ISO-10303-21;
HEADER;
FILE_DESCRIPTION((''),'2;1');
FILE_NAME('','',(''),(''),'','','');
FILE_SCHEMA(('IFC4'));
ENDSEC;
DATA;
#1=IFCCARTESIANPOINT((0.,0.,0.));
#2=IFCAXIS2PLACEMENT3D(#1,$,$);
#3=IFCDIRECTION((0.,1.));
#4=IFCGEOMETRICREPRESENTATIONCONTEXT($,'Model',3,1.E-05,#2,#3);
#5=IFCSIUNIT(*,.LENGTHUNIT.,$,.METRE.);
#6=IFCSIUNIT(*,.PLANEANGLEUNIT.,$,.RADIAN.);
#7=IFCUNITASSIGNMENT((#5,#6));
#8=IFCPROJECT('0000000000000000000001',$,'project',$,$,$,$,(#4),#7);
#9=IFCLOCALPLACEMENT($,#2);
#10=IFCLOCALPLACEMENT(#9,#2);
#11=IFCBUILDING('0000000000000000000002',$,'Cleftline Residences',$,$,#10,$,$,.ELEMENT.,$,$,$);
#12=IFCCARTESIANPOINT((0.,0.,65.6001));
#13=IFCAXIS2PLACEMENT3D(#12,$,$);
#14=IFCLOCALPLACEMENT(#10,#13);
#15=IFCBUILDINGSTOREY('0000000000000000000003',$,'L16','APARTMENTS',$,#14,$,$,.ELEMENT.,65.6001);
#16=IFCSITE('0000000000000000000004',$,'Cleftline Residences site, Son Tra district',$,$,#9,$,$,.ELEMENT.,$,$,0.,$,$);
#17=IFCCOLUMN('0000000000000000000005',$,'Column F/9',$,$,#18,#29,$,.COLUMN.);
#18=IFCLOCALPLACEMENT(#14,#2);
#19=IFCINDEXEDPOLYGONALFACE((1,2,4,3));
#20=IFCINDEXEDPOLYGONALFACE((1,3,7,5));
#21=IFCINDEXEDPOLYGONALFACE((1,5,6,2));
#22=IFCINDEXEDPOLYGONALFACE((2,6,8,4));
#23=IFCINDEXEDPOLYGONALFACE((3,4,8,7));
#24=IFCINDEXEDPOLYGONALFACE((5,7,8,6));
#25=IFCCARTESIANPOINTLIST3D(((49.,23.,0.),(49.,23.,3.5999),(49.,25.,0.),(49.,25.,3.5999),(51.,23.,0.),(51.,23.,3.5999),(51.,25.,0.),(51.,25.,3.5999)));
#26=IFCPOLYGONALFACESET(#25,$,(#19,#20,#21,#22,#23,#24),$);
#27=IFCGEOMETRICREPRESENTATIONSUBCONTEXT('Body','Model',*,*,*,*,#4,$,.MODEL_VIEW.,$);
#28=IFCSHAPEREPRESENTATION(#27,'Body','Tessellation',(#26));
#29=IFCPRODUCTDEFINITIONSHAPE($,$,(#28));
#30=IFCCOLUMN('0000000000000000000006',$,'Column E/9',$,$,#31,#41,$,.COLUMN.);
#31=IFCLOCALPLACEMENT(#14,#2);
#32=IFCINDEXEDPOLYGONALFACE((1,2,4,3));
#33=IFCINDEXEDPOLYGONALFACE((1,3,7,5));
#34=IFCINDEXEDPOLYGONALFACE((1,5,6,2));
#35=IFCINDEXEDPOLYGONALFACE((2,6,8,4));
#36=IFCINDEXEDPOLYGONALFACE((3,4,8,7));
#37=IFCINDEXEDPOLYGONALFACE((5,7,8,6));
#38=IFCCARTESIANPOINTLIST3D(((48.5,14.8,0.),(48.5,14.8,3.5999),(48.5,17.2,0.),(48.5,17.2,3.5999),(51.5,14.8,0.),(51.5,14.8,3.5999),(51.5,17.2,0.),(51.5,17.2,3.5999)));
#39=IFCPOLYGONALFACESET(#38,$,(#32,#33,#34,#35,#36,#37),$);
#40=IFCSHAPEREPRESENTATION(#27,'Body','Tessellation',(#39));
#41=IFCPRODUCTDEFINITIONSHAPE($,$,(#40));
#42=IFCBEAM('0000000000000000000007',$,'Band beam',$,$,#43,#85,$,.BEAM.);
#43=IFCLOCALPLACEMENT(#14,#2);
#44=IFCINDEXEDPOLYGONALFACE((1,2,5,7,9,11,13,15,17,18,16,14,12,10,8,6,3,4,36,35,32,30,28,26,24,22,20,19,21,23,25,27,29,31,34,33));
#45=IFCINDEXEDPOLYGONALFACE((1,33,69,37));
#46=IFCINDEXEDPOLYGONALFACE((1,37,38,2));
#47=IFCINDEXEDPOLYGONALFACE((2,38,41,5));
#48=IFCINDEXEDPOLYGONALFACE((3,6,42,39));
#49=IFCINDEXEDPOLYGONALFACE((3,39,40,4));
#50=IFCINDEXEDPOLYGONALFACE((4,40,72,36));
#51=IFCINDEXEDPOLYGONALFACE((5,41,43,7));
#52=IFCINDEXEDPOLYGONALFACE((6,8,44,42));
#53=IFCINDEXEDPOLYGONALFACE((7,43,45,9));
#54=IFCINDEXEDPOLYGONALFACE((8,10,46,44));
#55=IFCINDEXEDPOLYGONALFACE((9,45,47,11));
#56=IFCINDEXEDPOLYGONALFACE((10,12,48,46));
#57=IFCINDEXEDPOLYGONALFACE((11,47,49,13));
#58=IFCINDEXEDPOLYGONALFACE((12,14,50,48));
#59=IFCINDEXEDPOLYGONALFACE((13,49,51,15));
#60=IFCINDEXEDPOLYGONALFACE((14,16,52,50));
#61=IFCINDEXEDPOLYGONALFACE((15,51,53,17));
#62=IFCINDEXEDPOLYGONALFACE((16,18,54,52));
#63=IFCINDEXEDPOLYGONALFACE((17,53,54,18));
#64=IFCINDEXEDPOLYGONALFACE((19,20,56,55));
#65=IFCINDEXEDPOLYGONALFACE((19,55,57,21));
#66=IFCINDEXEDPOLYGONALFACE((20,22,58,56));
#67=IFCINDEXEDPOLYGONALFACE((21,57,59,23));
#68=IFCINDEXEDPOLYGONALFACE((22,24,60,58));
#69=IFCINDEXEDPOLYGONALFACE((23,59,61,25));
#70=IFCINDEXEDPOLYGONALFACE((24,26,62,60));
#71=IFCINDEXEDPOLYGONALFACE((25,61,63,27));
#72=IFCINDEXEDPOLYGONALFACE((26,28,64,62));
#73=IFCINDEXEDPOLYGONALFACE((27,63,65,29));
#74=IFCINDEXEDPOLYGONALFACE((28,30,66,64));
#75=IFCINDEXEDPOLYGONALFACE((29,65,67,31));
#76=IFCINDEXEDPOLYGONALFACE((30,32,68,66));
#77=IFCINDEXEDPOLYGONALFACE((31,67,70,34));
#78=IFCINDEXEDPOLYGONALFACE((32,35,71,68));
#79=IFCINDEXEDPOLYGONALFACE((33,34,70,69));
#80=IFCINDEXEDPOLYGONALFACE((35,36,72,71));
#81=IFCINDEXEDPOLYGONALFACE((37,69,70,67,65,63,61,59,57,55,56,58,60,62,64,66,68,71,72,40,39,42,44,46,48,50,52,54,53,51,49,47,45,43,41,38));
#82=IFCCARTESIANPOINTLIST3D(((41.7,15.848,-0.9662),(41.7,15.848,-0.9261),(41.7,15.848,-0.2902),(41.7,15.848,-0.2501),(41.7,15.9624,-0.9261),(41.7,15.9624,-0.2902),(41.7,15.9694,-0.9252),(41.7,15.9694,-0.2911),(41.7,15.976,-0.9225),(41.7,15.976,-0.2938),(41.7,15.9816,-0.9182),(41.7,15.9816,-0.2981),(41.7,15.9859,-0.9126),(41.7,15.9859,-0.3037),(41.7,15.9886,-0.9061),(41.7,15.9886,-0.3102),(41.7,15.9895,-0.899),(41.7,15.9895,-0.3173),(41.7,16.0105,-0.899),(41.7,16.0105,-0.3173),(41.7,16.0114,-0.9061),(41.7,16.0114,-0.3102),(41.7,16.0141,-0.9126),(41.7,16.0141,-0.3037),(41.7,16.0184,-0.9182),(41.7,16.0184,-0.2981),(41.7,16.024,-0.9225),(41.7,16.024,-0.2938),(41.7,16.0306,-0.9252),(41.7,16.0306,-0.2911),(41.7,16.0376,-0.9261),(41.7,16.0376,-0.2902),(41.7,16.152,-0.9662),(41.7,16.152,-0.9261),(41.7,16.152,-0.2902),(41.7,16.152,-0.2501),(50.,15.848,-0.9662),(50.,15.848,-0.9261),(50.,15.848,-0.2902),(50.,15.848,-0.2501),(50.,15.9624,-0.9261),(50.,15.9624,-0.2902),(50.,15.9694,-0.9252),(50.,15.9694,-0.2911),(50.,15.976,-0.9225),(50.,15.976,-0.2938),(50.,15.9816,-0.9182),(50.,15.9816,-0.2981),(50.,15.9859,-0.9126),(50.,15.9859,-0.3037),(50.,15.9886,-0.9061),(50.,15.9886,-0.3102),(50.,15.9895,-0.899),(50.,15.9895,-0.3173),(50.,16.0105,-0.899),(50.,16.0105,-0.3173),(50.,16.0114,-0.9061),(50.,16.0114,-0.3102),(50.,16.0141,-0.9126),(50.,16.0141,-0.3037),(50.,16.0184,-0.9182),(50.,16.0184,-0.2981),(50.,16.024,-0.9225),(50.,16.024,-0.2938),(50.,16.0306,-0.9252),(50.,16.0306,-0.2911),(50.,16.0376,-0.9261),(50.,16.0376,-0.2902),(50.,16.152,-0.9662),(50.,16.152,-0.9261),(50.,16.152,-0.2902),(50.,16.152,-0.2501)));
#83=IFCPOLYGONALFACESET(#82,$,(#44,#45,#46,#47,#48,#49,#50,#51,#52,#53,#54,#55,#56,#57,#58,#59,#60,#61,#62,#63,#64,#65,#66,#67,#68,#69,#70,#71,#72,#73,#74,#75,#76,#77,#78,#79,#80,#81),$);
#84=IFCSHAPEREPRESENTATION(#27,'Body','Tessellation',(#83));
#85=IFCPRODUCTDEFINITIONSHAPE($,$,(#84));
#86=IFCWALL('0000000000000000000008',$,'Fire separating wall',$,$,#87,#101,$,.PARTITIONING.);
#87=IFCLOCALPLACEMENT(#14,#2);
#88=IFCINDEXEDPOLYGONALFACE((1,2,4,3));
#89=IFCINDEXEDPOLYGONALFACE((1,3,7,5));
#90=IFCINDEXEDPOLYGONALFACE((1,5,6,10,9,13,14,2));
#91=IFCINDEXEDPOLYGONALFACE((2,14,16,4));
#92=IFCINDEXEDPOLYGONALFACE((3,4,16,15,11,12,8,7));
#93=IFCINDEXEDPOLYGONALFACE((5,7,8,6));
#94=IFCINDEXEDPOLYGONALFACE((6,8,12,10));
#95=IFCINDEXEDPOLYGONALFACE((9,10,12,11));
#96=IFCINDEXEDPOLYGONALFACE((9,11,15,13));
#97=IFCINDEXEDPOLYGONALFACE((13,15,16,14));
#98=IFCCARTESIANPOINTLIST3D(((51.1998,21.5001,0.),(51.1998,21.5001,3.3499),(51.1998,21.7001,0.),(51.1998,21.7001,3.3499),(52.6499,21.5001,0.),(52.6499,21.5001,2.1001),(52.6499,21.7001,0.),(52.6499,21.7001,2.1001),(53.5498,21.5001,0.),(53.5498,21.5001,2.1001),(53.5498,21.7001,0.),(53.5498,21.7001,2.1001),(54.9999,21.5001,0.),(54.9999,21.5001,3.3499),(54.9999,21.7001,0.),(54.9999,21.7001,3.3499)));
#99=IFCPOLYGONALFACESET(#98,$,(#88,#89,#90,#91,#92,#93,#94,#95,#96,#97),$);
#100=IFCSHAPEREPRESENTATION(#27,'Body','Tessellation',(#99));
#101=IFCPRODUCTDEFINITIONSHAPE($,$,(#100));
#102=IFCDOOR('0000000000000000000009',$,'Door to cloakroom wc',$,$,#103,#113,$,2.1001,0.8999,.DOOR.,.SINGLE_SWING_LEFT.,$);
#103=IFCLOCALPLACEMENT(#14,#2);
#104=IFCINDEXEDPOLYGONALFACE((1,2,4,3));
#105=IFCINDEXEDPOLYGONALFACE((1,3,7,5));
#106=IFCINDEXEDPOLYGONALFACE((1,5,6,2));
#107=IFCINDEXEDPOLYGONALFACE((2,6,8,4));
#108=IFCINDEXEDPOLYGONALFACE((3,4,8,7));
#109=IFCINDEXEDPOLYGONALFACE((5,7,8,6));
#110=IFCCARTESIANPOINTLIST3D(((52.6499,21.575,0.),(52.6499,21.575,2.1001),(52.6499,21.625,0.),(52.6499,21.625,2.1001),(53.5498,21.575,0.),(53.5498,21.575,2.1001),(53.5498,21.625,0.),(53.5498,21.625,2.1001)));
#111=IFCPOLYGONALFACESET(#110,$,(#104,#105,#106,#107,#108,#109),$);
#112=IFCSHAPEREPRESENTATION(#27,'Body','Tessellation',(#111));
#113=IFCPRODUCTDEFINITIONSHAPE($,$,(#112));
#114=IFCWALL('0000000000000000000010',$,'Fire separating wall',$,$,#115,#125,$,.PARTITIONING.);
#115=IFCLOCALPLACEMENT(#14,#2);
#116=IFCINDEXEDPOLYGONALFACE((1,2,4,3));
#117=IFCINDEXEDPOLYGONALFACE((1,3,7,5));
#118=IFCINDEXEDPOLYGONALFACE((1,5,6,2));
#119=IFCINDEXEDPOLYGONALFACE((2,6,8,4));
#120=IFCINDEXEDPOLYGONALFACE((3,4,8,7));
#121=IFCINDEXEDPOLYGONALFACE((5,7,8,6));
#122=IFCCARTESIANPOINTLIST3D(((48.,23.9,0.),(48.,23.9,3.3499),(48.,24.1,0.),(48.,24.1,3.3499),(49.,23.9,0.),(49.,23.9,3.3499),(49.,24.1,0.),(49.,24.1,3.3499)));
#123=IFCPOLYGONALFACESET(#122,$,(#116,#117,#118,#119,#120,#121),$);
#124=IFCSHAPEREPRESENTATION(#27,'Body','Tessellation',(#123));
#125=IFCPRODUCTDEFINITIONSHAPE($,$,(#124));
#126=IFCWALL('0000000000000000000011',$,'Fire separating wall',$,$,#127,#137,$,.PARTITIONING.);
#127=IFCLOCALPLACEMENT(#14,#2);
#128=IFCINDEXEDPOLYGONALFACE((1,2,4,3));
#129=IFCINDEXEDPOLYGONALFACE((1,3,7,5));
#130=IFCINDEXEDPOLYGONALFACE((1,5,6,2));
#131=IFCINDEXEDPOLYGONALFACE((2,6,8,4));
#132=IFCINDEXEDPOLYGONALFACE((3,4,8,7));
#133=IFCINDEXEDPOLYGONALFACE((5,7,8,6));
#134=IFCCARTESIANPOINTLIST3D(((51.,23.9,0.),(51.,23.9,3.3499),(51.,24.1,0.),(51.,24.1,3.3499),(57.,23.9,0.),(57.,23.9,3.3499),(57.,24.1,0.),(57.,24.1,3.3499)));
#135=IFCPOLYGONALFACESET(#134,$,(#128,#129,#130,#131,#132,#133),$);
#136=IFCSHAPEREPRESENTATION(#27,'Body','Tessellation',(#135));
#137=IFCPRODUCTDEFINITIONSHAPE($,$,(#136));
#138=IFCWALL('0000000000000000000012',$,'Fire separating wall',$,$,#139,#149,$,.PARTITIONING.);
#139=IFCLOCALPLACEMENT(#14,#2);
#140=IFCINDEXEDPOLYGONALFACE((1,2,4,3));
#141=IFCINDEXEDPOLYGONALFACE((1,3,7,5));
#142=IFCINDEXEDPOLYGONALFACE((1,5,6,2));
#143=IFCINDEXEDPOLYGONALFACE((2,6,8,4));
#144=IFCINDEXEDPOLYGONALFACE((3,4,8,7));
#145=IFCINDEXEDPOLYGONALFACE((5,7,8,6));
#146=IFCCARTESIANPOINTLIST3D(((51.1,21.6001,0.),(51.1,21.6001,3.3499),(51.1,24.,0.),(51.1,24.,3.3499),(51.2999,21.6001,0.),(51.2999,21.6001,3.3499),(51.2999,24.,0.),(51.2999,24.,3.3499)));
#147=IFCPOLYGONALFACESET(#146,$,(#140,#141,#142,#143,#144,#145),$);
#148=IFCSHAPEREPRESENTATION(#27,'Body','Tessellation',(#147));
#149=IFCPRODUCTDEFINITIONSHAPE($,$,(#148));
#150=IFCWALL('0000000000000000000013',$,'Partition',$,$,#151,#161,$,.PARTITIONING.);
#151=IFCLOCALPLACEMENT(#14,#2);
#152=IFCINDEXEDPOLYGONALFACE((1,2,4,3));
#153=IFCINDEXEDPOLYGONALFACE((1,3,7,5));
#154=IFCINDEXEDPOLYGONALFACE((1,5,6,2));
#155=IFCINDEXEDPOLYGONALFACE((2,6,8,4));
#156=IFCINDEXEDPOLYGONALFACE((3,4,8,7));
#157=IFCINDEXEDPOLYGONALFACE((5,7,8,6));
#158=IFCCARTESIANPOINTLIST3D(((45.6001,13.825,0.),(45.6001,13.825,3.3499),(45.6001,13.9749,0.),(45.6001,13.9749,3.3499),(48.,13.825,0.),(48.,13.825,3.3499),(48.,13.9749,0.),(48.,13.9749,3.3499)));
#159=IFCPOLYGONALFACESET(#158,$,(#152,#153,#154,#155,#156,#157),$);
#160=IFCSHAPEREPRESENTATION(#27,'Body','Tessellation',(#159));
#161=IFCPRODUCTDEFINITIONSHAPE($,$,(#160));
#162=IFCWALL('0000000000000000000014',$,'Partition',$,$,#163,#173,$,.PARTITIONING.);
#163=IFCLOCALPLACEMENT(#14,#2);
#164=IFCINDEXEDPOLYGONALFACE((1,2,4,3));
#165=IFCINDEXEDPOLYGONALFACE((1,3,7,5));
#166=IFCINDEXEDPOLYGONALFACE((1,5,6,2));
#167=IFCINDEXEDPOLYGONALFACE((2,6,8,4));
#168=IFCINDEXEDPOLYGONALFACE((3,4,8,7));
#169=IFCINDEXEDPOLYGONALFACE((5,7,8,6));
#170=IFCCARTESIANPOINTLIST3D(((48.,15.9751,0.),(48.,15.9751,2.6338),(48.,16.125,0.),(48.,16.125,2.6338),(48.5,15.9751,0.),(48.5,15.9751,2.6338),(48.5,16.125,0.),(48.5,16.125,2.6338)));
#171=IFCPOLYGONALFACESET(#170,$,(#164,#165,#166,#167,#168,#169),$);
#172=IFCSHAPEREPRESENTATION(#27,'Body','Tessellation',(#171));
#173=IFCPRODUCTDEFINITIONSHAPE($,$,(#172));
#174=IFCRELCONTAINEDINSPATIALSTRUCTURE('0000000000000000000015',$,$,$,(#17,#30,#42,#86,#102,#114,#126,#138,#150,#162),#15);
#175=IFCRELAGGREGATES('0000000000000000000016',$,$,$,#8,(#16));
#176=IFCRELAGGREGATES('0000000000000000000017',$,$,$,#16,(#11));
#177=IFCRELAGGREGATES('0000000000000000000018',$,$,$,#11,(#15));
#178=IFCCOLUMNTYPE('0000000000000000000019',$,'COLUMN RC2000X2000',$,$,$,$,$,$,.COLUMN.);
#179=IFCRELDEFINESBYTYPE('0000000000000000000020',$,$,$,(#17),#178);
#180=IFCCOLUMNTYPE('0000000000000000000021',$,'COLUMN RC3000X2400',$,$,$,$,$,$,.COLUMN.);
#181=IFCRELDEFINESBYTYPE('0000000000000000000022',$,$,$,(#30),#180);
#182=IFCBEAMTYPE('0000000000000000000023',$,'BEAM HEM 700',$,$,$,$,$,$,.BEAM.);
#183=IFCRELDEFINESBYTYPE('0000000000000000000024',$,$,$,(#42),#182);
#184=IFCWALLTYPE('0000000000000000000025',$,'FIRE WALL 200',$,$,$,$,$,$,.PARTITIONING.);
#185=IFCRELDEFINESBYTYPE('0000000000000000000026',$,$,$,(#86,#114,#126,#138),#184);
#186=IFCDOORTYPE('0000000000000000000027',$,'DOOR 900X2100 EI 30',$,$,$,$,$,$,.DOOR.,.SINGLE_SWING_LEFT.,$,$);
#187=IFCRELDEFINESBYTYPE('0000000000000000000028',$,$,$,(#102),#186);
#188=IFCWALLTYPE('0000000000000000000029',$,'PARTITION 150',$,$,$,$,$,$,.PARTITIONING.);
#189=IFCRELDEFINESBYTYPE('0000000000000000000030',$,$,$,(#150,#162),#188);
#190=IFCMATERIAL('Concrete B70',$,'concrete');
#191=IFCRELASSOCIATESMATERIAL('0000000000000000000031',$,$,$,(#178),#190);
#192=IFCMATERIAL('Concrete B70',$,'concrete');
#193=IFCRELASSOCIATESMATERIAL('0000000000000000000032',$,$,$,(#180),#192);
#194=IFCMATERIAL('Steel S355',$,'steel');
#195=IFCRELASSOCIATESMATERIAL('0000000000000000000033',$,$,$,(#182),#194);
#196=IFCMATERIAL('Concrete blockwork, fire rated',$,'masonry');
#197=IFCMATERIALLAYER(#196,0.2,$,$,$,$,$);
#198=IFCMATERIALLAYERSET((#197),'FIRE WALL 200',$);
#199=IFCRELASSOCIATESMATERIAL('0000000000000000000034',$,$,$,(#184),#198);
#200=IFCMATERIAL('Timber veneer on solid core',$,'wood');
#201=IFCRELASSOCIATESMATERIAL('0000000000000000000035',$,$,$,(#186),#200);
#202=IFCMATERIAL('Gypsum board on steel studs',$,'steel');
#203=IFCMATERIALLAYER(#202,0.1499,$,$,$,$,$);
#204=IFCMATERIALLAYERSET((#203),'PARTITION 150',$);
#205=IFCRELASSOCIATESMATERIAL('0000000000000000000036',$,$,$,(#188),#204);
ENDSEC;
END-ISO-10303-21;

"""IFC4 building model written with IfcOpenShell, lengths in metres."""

from ifc_helpers import new_model, si_unit, direction, frame, frame_2d, origin, origin_2d, place, context, subcontext, project, spatial, rectangle, i_section, extrude, material, layer, layer_set, material_profile, profile_set, type_object, element, fill, save


model = new_model("IFC4")

# Units and contexts
model_context = context("Model", 3, precision=1e-05, world=origin(), true_north=direction((0.0, 1.0)))
body_context = subcontext(model_context, "Body", "Model", "MODEL_VIEW")
ifc_project = project(units=[si_unit("LENGTHUNIT", "METRE"), si_unit("PLANEANGLEUNIT", "RADIAN")], contexts=[model_context])

# Site, building, storey
site_placement = place(None, origin())
site = spatial("IfcSite", under=ifc_project, at=site_placement, Name="Cleftline Residences site, Son Tra district", CompositionType="ELEMENT", RefElevation=0.0)
building_placement = place(site_placement, origin())
building = spatial("IfcBuilding", under=site, at=building_placement, Name="Cleftline Residences", CompositionType="ELEMENT")
storey_placement = place(building_placement, frame((0.0, 0.0, 65.6001)))
storey = spatial("IfcBuildingStorey", under=building, at=storey_placement, Name="L16", Description="APARTMENTS", CompositionType="ELEMENT", Elevation=65.6001)

# Columns
ifc_material_1 = material(Name="Concrete B70", Category="concrete")
ifc_material_profile_1 = material_profile(ifc_material_1, rectangle(XDim=2.0, YDim=2.0, at=origin_2d()))
ifc_profile_set_1 = profile_set([ifc_material_profile_1], Name="Concrete B70")
column_type_1 = type_object("IfcColumnType", Name="COLUMN RC2000X2000", PredefinedType="COLUMN", material=ifc_profile_set_1)
column_1_placement = place(storey_placement, frame((50.0, 24.0, 0.0), z_axis=(0.0, 0.0, 1.0), x_axis=(1.0, 0.0, 0.0)))
element("IfcColumn", 1, at=column_1_placement, inside=storey, type_object=column_type_1, Name="Column F/9", PredefinedType="COLUMN", context=body_context, shape_type="SweptSolid", body=[
    extrude(rectangle(XDim=2.0, YDim=2.0, at=origin_2d()), origin(), (0.0, 0.0, 1.0), 3.5999),
])
ifc_material_2 = material(Name="Concrete B70", Category="concrete")
ifc_material_profile_2 = material_profile(ifc_material_2, rectangle(XDim=3.0, YDim=2.3999, at=origin_2d()))
ifc_profile_set_2 = profile_set([ifc_material_profile_2], Name="Concrete B70")
column_type_2 = type_object("IfcColumnType", Name="COLUMN RC3000X2400", PredefinedType="COLUMN", material=ifc_profile_set_2)
column_2_placement = place(storey_placement, frame((50.0, 16.0, 0.0), z_axis=(0.0, 0.0, 1.0), x_axis=(1.0, 0.0, 0.0)))
element("IfcColumn", 2, at=column_2_placement, inside=storey, type_object=column_type_2, Name="Column E/9", PredefinedType="COLUMN", context=body_context, shape_type="SweptSolid", body=[
    extrude(rectangle(XDim=3.0, YDim=2.3999, at=origin_2d()), origin(), (0.0, 0.0, 1.0), 3.5999),
])

# Beam
ifc_material_3 = material(Name="Steel S355", Category="steel")
ifc_material_profile_3 = material_profile(ifc_material_3, i_section(OverallWidth=0.304, OverallDepth=0.7161, WebThickness=0.021, FlangeThickness=0.04, FilletRadius=0.0271, at=origin_2d()))
ifc_profile_set_3 = profile_set([ifc_material_profile_3], Name="Steel S355")
beam_type = type_object("IfcBeamType", Name="BEAM HEM 700", PredefinedType="BEAM", material=ifc_profile_set_3)
beam_placement = place(storey_placement, frame((50.0, 16.0, -0.6082), z_axis=(-1.0, 0.0, 0.0), x_axis=(0.0, -1.0, 0.0)))
element("IfcBeam", 3, at=beam_placement, inside=storey, type_object=beam_type, Name="Band beam", PredefinedType="BEAM", context=body_context, shape_type="SweptSolid", body=[
    extrude(i_section(OverallWidth=0.304, OverallDepth=0.7161, WebThickness=0.021, FlangeThickness=0.04, FilletRadius=0.0271, at=origin_2d()), origin(), (0.0, 0.0, 1.0), 8.3),
])

# Wall, opening, door
ifc_material_4 = material(Name="Concrete blockwork, fire rated", Category="masonry")
ifc_layer_1 = layer(ifc_material_4, 0.2)
ifc_layer_set_1 = layer_set([ifc_layer_1], Name="FIRE WALL 200")
wall_type_1 = type_object("IfcWallType", Name="FIRE WALL 200", PredefinedType="PARTITIONING", material=ifc_layer_set_1)
wall_1_placement = place(storey_placement, frame((51.2, 21.6001, 0.0), z_axis=(0.0, 0.0, 1.0), x_axis=(1.0, 0.0, 0.0)))
wall_1 = element("IfcWall", 4, at=wall_1_placement, inside=storey, type_object=wall_type_1, Name="Fire separating wall", PredefinedType="PARTITIONING", context=body_context, shape_type="SweptSolid", body=[
    extrude(rectangle(XDim=3.8, YDim=0.2, at=frame_2d((1.8999, 0.0))), origin(), (0.0, 0.0, 1.0), 3.3499),
])
opening_1_placement = place(wall_1_placement, frame((1.45, 0.0, 0.0)))
opening_1 = element("IfcOpeningElement", 5, at=opening_1_placement, cuts=wall_1, PredefinedType="OPENING", context=body_context, shape_type="SweptSolid", body=[
    extrude(rectangle(XDim=0.8999, YDim=2.1001, at=frame_2d((0.45, 1.05))), frame((0.0, 0.1099, 0.0), z_axis=(0.0, -1.0, 0.0), x_axis=(1.0, 0.0, 0.0)), (0.0, 0.0, 1.0), 0.22),
])
ifc_material_5 = material(Name="Timber veneer on solid core", Category="wood")
door_type_1 = type_object("IfcDoorType", Name="DOOR 900X2100 EI 30", OperationType="SINGLE_SWING_LEFT", PredefinedType="DOOR", material=ifc_material_5)
door_1_placement = place(opening_1_placement, origin())
door_1 = element("IfcDoor", 6, at=door_1_placement, inside=storey, type_object=door_type_1, Name="Door to cloakroom wc", OperationType="SINGLE_SWING_LEFT", OverallHeight=2.1001, OverallWidth=0.8999, PredefinedType="DOOR", context=body_context, shape_type="SweptSolid", body=[
    extrude(rectangle(XDim=0.8999, YDim=2.1001, at=frame_2d((0.45, 1.05))), frame((0.0, 0.0249, 0.0), z_axis=(0.0, -1.0, 0.0), x_axis=(1.0, 0.0, 0.0)), (0.0, 0.0, 1.0), 0.05),
])
fill(opening_1, door_1)

# Walls
wall_2_placement = place(storey_placement, frame((48.0, 24.0, 0.0), z_axis=(0.0, 0.0, 1.0), x_axis=(1.0, 0.0, 0.0)))
element("IfcWall", 7, at=wall_2_placement, inside=storey, type_object=wall_type_1, Name="Fire separating wall", PredefinedType="PARTITIONING", context=body_context, shape_type="SweptSolid", body=[
    extrude(rectangle(XDim=1.0, YDim=0.2, at=frame_2d((0.5, 0.0))), origin(), (0.0, 0.0, 1.0), 3.3499),
])
wall_3_placement = place(storey_placement, frame((51.0, 24.0, 0.0), z_axis=(0.0, 0.0, 1.0), x_axis=(1.0, 0.0, 0.0)))
element("IfcWall", 8, at=wall_3_placement, inside=storey, type_object=wall_type_1, Name="Fire separating wall", PredefinedType="PARTITIONING", context=body_context, shape_type="SweptSolid", body=[
    extrude(rectangle(XDim=6.0, YDim=0.2, at=frame_2d((3.0, 0.0))), origin(), (0.0, 0.0, 1.0), 3.3499),
])

# Walls
wall_4_placement = place(storey_placement, frame((51.2, 21.6001, 0.0), z_axis=(0.0, 0.0, 1.0), x_axis=(0.0, 1.0, 0.0)))
element("IfcWall", 9, at=wall_4_placement, inside=storey, type_object=wall_type_1, Name="Fire separating wall", PredefinedType="PARTITIONING", context=body_context, shape_type="SweptSolid", body=[
    extrude(rectangle(XDim=2.3999, YDim=0.2, at=frame_2d((1.2, 0.0))), origin(), (0.0, 0.0, 1.0), 3.3499),
])
ifc_material_6 = material(Name="Gypsum board on steel studs", Category="steel")
ifc_layer_2 = layer(ifc_material_6, 0.1499)
ifc_layer_set_2 = layer_set([ifc_layer_2], Name="PARTITION 150")
wall_type_2 = type_object("IfcWallType", Name="PARTITION 150", PredefinedType="PARTITIONING", material=ifc_layer_set_2)
wall_5_placement = place(storey_placement, frame((45.6001, 13.8999, 0.0), z_axis=(0.0, 0.0, 1.0), x_axis=(1.0, 0.0, 0.0)))
element("IfcWall", 10, at=wall_5_placement, inside=storey, type_object=wall_type_2, Name="Partition", PredefinedType="PARTITIONING", context=body_context, shape_type="SweptSolid", body=[
    extrude(rectangle(XDim=2.3999, YDim=0.1499, at=frame_2d((1.2, 0.0))), origin(), (0.0, 0.0, 1.0), 3.3499),
])
wall_6_placement = place(storey_placement, frame((48.0, 16.05, 0.0), z_axis=(0.0, 0.0, 1.0), x_axis=(1.0, 0.0, 0.0)))
element("IfcWall", 11, at=wall_6_placement, inside=storey, type_object=wall_type_2, Name="Partition", PredefinedType="PARTITIONING", context=body_context, shape_type="SweptSolid", body=[
    extrude(rectangle(XDim=0.5, YDim=0.1499, at=frame_2d((0.25, 0.0))), origin(), (0.0, 0.0, 1.0), 2.6338),
])

save(model, "model.ifc")
